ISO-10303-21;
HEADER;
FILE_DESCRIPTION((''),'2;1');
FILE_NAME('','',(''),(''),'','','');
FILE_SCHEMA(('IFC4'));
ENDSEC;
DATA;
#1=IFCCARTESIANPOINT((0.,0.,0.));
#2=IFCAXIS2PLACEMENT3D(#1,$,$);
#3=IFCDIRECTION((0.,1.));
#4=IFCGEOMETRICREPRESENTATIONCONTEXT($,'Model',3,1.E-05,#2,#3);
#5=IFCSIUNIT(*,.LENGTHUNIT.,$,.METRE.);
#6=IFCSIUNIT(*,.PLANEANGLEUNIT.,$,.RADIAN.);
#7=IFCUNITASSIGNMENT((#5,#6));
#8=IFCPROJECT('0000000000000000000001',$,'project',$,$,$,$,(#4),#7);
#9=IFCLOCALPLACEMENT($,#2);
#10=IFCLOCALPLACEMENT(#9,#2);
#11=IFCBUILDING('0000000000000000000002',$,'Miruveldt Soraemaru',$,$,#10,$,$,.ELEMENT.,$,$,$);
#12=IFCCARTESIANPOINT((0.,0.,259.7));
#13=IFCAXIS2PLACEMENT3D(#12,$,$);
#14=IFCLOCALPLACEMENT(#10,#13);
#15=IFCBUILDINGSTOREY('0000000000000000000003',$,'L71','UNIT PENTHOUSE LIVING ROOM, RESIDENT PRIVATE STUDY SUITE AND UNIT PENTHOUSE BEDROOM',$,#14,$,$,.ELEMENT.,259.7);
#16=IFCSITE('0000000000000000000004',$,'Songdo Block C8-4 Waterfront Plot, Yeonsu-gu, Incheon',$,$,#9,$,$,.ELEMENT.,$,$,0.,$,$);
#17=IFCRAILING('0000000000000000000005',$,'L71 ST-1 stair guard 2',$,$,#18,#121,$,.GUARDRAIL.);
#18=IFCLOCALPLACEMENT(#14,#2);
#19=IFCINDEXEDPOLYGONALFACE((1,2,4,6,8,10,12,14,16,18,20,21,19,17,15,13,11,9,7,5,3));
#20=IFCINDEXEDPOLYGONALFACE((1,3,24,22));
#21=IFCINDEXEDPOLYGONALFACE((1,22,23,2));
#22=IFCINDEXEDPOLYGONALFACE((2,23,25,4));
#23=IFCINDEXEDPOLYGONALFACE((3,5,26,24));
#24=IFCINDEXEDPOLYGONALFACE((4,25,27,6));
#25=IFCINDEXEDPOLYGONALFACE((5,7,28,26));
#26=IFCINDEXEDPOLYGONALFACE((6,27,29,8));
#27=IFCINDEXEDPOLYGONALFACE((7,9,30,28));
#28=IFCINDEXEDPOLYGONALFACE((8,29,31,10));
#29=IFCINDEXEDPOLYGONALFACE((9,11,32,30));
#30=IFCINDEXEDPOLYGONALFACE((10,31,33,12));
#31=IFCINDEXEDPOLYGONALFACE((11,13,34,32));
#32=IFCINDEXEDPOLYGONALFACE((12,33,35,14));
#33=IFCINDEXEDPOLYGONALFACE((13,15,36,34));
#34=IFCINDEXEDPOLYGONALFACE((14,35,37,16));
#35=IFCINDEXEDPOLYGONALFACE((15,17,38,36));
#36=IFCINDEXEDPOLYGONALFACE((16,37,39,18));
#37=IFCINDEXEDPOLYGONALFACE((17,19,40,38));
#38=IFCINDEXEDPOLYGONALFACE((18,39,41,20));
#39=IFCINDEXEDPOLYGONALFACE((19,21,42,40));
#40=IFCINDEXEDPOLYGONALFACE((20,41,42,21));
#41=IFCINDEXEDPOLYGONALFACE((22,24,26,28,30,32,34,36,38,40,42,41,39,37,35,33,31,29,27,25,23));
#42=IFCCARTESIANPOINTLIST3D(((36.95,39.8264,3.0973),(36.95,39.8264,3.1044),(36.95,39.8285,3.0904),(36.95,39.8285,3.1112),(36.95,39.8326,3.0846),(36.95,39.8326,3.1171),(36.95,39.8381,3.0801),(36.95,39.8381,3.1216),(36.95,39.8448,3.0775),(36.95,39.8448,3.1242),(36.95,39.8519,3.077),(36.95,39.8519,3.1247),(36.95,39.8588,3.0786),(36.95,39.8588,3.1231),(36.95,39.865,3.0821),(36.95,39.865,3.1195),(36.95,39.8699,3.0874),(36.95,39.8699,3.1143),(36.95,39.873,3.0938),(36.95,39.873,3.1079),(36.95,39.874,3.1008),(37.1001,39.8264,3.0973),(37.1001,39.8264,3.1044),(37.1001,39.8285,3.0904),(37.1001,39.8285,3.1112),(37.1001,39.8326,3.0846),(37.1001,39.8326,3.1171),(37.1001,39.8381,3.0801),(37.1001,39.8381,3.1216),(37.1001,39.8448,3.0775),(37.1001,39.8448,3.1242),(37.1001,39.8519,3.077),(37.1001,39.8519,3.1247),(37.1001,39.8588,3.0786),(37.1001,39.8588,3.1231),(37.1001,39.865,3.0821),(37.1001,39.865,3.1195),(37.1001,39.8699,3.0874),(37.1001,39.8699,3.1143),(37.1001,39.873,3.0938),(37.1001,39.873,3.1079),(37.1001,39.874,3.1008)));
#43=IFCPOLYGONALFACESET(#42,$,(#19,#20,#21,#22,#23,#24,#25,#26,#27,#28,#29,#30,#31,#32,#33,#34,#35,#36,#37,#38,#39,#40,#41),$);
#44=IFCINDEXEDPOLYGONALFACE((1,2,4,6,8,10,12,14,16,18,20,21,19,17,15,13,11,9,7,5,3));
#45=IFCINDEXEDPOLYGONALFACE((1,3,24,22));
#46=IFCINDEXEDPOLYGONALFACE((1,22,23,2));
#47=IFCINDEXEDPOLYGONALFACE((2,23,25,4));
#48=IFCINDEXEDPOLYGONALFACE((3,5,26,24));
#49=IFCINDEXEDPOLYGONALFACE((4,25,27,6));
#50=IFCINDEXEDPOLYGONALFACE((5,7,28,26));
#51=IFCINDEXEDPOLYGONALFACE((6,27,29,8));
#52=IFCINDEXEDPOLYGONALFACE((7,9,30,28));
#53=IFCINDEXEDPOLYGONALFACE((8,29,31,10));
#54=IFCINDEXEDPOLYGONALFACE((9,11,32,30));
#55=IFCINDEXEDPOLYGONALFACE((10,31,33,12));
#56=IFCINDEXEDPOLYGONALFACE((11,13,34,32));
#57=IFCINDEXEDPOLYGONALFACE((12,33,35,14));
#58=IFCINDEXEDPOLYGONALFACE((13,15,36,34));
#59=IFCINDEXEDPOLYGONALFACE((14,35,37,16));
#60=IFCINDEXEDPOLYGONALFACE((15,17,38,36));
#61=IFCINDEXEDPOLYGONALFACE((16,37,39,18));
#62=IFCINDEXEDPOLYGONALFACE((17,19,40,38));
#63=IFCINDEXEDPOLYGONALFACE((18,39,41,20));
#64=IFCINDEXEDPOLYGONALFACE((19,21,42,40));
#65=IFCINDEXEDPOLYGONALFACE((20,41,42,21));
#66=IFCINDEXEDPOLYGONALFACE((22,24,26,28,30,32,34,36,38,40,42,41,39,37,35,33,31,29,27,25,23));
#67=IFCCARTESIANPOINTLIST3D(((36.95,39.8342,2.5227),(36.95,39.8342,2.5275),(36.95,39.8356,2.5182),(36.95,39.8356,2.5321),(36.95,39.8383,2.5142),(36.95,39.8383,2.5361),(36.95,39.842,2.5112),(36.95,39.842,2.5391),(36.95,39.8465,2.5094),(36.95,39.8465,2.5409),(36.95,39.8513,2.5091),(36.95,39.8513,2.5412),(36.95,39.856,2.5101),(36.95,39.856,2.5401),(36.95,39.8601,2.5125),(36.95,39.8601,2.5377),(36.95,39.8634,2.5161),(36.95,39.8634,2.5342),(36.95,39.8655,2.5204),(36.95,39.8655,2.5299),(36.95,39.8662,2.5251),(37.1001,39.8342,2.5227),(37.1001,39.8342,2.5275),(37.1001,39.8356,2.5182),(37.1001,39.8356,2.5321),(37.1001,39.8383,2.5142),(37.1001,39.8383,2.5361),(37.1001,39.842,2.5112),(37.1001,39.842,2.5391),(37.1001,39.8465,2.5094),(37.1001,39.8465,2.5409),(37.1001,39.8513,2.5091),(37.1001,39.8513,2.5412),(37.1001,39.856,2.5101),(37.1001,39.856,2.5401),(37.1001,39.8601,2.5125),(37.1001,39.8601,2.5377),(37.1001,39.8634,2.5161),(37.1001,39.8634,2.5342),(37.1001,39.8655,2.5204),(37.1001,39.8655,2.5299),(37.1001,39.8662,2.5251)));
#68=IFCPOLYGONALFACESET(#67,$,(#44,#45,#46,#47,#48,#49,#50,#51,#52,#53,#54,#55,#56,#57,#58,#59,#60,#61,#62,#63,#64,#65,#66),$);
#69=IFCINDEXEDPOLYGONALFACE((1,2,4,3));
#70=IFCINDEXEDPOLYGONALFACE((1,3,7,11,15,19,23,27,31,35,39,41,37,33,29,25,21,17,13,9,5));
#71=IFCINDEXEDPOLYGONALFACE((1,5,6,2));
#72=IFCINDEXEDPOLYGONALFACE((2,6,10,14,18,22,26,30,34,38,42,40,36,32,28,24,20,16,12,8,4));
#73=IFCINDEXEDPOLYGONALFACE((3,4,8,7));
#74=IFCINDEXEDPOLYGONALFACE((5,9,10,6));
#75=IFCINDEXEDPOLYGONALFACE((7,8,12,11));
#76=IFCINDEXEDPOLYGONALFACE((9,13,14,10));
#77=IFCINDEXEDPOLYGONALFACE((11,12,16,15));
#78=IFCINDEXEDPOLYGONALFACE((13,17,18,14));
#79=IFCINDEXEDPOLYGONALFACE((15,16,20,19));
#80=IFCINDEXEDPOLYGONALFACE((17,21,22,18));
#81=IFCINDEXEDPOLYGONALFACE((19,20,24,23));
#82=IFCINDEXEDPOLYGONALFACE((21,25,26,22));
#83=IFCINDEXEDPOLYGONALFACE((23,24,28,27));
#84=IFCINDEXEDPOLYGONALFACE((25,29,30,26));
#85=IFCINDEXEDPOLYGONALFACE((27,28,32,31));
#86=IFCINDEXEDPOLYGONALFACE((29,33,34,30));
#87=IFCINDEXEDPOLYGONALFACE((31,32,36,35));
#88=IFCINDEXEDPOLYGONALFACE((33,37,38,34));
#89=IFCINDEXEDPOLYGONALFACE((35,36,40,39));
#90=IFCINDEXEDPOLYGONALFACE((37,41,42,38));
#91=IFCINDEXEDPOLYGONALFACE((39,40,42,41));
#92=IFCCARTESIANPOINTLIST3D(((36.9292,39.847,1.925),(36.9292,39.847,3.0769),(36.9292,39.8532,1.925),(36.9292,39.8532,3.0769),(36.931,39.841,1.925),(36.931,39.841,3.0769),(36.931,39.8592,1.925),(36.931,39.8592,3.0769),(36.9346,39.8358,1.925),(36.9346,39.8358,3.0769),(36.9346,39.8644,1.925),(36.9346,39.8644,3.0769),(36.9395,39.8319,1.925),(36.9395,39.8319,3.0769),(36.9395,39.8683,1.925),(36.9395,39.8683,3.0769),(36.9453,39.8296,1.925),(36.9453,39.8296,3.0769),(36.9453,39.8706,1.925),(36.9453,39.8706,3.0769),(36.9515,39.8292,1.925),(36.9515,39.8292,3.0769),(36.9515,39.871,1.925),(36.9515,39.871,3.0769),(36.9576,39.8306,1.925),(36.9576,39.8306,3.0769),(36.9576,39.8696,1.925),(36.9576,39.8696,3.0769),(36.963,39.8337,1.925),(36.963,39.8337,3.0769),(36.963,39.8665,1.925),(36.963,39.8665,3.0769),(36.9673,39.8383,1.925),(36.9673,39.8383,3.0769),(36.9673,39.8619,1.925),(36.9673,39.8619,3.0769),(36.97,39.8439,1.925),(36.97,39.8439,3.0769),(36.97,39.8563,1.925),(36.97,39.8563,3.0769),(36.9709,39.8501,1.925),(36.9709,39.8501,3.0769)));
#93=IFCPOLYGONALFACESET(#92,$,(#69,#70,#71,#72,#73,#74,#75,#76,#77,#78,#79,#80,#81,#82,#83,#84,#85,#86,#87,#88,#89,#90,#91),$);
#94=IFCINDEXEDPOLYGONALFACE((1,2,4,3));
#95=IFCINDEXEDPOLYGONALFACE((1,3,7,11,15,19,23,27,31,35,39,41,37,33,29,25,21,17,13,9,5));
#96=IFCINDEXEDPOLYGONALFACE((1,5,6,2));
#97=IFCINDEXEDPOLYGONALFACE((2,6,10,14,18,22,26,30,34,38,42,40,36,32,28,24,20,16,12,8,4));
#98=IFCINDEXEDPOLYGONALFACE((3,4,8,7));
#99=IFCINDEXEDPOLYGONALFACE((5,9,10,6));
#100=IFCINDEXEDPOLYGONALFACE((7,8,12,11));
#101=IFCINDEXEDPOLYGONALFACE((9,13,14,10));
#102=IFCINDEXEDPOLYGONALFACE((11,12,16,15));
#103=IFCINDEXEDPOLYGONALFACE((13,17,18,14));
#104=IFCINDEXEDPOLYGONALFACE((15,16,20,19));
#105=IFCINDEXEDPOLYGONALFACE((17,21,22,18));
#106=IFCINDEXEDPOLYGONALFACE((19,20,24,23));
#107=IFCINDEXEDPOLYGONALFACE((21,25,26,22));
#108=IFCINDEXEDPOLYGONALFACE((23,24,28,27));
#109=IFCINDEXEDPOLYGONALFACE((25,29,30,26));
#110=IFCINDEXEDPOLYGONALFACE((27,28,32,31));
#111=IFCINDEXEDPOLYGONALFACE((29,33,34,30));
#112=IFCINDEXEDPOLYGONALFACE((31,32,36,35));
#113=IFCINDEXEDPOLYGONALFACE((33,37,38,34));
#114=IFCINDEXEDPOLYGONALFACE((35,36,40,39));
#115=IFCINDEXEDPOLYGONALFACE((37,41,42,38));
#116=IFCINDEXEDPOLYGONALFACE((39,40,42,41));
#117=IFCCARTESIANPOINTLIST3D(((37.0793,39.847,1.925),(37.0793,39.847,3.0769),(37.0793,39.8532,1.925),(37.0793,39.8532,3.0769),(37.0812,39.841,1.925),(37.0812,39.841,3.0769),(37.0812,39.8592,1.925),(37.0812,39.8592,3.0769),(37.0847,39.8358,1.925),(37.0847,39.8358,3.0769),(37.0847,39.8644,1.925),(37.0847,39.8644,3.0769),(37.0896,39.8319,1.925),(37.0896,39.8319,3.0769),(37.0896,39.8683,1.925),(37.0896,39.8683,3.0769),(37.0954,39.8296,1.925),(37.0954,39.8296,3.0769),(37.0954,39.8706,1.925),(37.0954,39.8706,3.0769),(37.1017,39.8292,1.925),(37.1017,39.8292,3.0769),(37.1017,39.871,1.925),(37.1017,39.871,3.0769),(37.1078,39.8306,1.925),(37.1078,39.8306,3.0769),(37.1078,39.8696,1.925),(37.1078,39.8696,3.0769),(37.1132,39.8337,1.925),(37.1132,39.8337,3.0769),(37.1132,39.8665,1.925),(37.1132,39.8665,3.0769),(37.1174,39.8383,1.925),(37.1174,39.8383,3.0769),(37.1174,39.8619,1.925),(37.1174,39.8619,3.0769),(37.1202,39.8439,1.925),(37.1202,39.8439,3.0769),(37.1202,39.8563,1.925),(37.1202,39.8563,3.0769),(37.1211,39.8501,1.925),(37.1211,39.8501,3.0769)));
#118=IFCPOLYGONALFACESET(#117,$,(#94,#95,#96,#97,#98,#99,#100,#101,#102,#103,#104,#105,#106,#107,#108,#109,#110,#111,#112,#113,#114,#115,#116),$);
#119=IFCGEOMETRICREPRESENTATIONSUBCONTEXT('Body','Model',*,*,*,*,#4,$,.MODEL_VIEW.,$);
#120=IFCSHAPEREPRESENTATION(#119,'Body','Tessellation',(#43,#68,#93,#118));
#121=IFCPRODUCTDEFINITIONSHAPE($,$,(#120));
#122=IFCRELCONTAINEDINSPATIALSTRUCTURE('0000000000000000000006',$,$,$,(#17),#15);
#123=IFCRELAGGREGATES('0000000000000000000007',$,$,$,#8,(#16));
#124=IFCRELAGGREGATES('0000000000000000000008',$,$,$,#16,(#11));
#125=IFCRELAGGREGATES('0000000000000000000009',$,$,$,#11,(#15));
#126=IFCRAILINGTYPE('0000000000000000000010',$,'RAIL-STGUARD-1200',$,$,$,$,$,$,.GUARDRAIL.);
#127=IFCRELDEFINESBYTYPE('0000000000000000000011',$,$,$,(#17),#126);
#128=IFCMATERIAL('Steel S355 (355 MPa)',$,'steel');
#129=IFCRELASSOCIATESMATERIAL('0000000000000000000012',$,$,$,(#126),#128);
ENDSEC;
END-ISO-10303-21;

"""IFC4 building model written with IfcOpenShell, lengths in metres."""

from ifc_helpers import new_model, si_unit, direction, frame, origin, origin_2d, place, context, subcontext, project, spatial, circle, extrude, material, type_object, element, save


model = new_model("IFC4")

# Units and contexts
model_context = context("Model", 3, precision=1e-05, world=origin(), true_north=direction((0.0, 1.0)))
body_context = subcontext(model_context, "Body", "Model", "MODEL_VIEW")
ifc_project = project(units=[si_unit("LENGTHUNIT", "METRE"), si_unit("PLANEANGLEUNIT", "RADIAN")], contexts=[model_context])

# Site, building, storey
site_placement = place(None, origin())
site = spatial("IfcSite", under=ifc_project, at=site_placement, Name="Songdo Block C8-4 Waterfront Plot, Yeonsu-gu, Incheon", CompositionType="ELEMENT", RefElevation=0.0)
building_placement = place(site_placement, origin())
building = spatial("IfcBuilding", under=site, at=building_placement, Name="Miruveldt Soraemaru", CompositionType="ELEMENT")
storey_placement = place(building_placement, frame((0.0, 0.0, 259.7)))
storey = spatial("IfcBuildingStorey", under=building, at=storey_placement, Name="L71", Description="UNIT PENTHOUSE LIVING ROOM, RESIDENT PRIVATE STUDY SUITE AND UNIT PENTHOUSE BEDROOM", CompositionType="ELEMENT", Elevation=259.7)

# Railing
ifc_material_1 = material(Name="Steel S355 (355 MPa)", Category="steel")
railing_type = type_object("IfcRailingType", Name="RAIL-STGUARD-1200", PredefinedType="GUARDRAIL", material=ifc_material_1)
railing_placement = place(storey_placement, frame((36.95, 39.8501, 1.925)))
element("IfcRailing", 1, at=railing_placement, inside=storey, type_object=railing_type, Name="L71 ST-1 stair guard 2", PredefinedType="GUARDRAIL", context=body_context, shape_type="SweptSolid", body=[
    extrude(circle(Radius=0.0239, at=origin_2d()), frame((0.0, 0.0, 1.1758), z_axis=(1.0, 0.0, 0.0), x_axis=(0.0, 1.0, 0.0)), (0.0, 0.0, 1.0), 0.1501),
    extrude(circle(Radius=0.0161, at=origin_2d()), frame((0.0, 0.0, 0.6001), z_axis=(1.0, 0.0, 0.0), x_axis=(0.0, 1.0, 0.0)), (0.0, 0.0, 1.0), 0.1501),
    extrude(circle(Radius=0.021, at=origin_2d()), origin(), (0.0, 0.0, 1.0), 1.1519),
    extrude(circle(Radius=0.021, at=origin_2d()), frame((0.1501, 0.0, 0.0)), (0.0, 0.0, 1.0), 1.1519),
])

save(model, "model.ifc")
